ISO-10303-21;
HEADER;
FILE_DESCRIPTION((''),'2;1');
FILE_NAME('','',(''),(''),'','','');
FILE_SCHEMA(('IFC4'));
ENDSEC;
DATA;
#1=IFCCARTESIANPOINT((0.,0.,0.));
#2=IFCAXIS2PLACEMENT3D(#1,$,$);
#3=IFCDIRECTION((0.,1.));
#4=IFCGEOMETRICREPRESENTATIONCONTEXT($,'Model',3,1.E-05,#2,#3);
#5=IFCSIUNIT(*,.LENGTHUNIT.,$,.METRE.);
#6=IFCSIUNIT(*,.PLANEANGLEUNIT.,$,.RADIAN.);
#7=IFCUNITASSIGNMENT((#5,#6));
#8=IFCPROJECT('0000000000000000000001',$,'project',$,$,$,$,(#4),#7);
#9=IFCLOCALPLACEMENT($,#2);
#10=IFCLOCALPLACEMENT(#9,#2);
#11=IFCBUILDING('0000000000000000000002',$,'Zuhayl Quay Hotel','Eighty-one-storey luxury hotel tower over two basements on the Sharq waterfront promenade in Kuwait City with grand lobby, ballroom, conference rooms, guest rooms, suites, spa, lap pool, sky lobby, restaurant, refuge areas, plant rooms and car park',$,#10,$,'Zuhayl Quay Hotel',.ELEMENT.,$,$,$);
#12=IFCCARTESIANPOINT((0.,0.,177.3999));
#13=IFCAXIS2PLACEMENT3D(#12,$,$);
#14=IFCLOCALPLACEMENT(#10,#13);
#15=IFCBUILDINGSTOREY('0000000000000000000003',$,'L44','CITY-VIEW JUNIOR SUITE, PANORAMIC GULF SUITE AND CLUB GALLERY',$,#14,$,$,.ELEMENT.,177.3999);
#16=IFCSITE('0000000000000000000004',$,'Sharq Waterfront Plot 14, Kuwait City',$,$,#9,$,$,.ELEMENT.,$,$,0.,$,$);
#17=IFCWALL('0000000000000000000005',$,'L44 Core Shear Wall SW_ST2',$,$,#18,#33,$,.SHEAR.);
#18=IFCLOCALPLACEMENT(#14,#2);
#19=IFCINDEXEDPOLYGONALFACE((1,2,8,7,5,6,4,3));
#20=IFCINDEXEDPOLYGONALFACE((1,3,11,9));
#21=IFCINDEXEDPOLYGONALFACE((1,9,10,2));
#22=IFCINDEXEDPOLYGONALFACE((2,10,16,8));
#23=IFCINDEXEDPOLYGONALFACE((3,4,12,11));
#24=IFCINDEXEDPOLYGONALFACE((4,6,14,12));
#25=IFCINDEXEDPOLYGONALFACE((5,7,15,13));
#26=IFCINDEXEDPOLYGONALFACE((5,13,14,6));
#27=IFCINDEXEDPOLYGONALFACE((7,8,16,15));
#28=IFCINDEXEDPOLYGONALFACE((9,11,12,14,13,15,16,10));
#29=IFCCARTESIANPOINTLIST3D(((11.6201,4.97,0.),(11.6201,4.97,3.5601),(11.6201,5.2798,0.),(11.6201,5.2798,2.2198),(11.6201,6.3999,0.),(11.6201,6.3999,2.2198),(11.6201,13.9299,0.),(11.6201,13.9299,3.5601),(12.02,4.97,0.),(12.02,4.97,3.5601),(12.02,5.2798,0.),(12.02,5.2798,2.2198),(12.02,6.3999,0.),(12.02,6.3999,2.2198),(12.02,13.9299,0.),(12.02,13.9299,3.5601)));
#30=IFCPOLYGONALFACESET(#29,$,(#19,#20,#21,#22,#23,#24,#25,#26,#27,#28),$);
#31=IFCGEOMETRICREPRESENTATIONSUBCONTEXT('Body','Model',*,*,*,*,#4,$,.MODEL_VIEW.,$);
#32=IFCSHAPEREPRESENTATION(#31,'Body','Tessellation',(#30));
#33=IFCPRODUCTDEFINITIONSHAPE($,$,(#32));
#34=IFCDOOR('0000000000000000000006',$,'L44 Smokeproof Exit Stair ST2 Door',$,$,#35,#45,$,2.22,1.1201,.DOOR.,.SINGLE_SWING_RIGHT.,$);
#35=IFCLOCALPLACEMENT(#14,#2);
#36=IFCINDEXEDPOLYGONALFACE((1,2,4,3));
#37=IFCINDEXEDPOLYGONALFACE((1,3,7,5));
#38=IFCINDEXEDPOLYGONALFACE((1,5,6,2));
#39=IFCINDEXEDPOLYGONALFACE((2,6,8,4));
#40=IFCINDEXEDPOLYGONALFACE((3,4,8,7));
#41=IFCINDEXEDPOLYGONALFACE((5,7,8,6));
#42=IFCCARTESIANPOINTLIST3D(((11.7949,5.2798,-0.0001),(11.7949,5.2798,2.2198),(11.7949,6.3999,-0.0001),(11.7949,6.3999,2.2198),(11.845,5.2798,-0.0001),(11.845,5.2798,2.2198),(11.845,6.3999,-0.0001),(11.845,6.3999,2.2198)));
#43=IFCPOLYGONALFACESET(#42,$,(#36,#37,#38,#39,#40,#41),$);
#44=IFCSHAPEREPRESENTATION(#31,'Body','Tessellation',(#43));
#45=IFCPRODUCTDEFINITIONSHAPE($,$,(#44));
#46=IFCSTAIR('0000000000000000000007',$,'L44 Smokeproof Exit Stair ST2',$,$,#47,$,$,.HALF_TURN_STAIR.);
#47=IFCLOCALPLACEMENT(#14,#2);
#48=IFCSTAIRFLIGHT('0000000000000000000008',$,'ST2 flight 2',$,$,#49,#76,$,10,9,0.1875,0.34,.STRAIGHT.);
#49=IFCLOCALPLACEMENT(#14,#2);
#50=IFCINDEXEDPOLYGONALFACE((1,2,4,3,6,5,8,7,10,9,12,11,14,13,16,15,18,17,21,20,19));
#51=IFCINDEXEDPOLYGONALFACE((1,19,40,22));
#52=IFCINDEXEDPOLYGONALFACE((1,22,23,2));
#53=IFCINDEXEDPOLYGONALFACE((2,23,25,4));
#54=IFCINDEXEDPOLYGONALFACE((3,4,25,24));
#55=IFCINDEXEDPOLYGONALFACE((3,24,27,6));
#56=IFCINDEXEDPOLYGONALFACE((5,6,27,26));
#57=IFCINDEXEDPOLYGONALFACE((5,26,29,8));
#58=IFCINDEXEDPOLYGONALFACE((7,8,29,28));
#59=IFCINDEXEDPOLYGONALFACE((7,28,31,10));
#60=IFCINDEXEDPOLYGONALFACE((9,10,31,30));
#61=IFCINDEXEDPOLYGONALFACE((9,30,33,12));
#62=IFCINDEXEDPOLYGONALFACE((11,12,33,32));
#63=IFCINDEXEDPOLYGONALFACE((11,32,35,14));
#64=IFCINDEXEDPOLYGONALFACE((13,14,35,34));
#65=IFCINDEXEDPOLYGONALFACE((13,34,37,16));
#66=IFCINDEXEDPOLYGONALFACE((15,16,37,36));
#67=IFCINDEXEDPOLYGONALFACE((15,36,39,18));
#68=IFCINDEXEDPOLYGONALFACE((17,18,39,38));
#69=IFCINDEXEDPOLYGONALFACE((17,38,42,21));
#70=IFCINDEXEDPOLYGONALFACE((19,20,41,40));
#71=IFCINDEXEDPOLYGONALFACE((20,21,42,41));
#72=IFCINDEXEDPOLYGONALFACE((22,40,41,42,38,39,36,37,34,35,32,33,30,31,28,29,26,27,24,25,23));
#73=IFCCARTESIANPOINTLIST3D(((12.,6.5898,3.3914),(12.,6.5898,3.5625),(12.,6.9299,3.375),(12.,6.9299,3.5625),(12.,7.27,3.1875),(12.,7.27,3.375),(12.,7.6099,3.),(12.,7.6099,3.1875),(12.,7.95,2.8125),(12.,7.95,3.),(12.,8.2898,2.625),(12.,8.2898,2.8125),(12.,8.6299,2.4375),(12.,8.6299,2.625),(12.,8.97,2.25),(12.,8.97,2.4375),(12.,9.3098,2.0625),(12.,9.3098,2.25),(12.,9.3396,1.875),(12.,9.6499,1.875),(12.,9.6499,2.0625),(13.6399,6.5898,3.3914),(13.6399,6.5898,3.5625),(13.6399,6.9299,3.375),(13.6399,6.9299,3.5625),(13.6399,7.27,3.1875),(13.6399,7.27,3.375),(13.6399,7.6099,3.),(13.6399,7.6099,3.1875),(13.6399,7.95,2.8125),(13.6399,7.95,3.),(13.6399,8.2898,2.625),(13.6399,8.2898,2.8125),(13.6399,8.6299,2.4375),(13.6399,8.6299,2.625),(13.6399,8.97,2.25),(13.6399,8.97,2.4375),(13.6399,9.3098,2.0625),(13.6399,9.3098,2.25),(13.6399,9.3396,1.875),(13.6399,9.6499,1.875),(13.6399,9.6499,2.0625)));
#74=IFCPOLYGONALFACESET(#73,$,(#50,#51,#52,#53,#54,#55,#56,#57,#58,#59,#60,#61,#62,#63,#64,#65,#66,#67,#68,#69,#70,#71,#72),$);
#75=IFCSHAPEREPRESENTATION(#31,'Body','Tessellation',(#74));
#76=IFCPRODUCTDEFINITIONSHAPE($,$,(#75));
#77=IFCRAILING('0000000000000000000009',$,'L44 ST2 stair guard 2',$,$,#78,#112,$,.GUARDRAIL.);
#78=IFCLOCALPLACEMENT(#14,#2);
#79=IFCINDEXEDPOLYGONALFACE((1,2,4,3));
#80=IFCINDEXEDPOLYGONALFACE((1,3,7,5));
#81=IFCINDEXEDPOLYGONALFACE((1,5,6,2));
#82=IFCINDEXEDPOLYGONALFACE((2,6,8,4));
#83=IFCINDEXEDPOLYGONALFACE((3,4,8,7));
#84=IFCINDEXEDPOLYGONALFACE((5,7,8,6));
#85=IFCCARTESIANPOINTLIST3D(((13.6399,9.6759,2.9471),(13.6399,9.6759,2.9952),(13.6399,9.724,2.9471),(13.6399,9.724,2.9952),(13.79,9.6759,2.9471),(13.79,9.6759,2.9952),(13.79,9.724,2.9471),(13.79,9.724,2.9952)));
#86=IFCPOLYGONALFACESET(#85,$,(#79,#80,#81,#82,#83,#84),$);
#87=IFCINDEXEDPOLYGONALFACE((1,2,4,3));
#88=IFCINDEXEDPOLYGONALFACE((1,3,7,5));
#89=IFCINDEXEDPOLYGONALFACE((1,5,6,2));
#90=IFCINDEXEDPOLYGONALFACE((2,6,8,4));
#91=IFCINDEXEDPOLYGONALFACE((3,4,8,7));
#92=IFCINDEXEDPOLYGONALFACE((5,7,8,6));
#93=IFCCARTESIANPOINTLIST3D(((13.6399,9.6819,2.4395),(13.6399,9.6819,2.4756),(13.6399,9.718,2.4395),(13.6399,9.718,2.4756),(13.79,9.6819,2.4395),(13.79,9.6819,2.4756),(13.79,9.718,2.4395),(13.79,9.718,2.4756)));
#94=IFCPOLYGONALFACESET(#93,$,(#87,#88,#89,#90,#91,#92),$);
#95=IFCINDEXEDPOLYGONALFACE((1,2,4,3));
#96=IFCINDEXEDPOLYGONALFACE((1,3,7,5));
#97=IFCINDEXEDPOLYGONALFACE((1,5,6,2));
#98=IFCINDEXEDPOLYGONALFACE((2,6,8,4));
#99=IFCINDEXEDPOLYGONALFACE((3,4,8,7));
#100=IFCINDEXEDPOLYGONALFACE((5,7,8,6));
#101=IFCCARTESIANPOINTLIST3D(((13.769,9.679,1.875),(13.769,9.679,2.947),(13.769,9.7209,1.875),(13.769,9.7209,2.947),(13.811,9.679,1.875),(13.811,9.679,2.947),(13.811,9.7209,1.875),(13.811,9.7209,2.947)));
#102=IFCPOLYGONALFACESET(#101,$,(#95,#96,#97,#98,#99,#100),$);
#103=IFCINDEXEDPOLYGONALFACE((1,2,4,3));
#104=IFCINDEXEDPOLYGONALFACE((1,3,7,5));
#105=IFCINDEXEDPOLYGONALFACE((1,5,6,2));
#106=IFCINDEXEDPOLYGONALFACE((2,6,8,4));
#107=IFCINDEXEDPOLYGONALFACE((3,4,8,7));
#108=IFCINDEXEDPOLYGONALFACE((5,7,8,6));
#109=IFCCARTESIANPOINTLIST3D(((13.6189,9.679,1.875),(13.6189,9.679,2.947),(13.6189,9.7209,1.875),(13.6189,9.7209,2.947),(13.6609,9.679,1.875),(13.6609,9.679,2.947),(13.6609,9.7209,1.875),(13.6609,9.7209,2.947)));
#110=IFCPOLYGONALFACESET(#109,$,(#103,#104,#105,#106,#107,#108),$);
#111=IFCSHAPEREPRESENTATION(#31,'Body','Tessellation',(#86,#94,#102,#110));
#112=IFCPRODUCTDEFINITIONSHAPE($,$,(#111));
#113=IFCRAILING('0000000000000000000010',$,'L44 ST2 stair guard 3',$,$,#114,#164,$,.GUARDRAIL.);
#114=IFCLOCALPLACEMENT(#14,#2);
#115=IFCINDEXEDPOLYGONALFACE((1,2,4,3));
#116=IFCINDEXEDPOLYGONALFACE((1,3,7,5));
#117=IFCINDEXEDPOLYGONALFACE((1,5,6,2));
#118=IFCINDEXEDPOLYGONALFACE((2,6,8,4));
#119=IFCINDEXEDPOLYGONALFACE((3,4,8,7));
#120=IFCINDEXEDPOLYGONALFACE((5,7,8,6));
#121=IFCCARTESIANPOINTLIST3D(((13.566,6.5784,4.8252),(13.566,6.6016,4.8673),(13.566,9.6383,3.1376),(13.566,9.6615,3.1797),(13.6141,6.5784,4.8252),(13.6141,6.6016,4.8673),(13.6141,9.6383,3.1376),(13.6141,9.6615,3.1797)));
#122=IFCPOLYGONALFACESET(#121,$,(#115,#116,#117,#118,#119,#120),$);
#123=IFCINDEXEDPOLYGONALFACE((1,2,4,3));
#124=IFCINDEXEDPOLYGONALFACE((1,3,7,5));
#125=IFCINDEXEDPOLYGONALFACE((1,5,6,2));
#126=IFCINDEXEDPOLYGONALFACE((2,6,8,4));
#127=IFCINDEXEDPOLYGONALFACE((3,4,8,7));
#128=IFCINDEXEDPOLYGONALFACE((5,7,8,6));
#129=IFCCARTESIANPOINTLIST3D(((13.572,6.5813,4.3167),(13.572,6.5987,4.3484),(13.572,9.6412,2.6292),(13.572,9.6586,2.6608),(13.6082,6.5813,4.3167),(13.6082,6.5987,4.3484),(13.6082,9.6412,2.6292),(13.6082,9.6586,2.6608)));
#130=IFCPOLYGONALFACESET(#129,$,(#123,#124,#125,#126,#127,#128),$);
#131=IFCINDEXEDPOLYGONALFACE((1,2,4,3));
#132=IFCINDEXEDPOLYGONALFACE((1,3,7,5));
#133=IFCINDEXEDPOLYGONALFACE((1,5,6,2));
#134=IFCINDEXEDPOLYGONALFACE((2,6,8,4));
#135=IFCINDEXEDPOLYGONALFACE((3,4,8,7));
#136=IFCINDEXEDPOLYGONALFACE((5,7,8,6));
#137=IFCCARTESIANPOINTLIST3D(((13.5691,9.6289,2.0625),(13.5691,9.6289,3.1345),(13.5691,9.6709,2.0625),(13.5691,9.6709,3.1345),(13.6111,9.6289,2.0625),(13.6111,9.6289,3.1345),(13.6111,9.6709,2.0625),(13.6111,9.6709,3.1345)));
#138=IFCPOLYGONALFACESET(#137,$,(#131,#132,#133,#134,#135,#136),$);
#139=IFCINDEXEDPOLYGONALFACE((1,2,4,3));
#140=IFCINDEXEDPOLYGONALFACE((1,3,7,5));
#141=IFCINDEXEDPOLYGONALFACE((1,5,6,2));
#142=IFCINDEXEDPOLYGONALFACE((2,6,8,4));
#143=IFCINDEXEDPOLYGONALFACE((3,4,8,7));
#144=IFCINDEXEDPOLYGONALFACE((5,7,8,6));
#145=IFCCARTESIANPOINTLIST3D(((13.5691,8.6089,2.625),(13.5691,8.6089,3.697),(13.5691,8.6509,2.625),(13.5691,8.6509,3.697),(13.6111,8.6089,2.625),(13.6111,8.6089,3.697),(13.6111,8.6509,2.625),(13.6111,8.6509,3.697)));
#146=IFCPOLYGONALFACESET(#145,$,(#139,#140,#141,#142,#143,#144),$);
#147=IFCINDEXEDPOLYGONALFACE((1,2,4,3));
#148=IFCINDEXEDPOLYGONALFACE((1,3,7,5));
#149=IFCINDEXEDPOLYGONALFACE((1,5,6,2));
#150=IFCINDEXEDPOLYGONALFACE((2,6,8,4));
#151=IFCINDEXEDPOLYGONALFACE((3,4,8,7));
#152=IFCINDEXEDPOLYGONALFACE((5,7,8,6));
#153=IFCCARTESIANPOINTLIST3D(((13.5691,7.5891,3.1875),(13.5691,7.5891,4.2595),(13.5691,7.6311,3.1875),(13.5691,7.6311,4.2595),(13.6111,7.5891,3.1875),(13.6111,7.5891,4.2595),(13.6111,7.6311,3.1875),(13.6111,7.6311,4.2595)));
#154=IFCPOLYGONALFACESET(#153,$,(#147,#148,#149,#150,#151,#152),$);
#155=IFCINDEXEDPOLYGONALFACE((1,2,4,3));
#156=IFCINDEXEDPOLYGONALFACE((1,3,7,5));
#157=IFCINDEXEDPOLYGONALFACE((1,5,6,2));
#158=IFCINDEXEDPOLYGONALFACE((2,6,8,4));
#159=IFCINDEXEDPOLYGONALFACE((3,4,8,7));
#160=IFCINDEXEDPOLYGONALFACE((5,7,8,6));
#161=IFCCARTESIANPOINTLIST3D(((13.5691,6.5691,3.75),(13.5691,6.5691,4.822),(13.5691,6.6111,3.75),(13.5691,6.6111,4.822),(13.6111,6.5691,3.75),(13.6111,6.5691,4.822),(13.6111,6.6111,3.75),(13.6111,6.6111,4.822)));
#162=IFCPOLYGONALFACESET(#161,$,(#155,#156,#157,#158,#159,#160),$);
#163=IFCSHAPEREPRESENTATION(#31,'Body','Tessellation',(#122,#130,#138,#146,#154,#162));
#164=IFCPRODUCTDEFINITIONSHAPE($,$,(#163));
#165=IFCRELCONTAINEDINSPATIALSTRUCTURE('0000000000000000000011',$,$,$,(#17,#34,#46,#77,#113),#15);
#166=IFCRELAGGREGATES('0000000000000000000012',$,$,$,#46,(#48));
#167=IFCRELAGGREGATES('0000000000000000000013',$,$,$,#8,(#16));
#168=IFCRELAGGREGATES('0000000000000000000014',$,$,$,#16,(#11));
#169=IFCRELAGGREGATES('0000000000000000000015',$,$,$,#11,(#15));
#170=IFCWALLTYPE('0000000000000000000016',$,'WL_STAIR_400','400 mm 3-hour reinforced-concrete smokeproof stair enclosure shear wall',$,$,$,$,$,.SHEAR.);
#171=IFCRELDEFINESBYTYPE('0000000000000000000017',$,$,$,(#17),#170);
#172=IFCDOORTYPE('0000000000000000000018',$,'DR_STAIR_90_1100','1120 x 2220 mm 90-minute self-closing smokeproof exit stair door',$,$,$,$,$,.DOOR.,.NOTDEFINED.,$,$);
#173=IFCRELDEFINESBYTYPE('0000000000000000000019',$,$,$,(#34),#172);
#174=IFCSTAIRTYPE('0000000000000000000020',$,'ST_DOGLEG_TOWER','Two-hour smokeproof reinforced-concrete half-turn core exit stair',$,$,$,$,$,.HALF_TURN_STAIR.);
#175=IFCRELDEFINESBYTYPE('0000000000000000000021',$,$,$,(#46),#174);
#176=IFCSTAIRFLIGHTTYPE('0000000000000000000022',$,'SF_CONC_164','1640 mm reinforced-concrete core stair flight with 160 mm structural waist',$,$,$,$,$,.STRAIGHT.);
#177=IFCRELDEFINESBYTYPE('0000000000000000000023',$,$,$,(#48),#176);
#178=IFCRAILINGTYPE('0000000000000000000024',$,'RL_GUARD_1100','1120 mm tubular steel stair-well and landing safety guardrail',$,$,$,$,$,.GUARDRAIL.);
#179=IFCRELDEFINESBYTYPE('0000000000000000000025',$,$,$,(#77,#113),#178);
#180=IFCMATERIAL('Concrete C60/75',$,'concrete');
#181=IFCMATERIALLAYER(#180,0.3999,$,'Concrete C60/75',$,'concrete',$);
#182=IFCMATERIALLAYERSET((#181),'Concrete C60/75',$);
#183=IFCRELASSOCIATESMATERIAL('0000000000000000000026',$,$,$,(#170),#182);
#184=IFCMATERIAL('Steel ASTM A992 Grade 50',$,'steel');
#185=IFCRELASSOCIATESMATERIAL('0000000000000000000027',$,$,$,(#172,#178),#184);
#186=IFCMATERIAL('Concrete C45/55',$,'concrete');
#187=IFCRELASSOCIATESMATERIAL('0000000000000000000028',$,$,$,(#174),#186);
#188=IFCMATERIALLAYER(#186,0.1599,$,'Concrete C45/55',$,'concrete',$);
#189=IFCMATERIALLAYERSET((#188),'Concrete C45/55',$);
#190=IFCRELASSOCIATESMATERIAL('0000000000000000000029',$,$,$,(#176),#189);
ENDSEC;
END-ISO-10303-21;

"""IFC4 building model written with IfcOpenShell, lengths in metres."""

from ifc_helpers import new_model, si_unit, direction, frame, frame_2d, origin, origin_2d, place, context, subcontext, project, spatial, polyline, rectangle, outline, extrude, material, layer, layer_set, type_object, element, fill, aggregate, save


model = new_model("IFC4")

# Units and contexts
model_context = context("Model", 3, precision=1e-05, world=origin(), true_north=direction((0.0, 1.0)))
body_context = subcontext(model_context, "Body", "Model", "MODEL_VIEW")
ifc_project = project(units=[si_unit("LENGTHUNIT", "METRE"), si_unit("PLANEANGLEUNIT", "RADIAN")], contexts=[model_context])

# Site, building, storey
site_placement = place(None, origin())
site = spatial("IfcSite", under=ifc_project, at=site_placement, Name="Sharq Waterfront Plot 14, Kuwait City", CompositionType="ELEMENT", RefElevation=0.0)
building_placement = place(site_placement, origin())
building = spatial("IfcBuilding", under=site, at=building_placement, Name="Zuhayl Quay Hotel", Description="Eighty-one-storey luxury hotel tower over two basements on the Sharq waterfront promenade in Kuwait City with grand lobby, ballroom, conference rooms, guest rooms, suites, spa, lap pool, sky lobby, restaurant, refuge areas, plant rooms and car park", LongName="Zuhayl Quay Hotel", CompositionType="ELEMENT")
storey_placement = place(building_placement, frame((0.0, 0.0, 177.3999)))
storey = spatial("IfcBuildingStorey", under=building, at=storey_placement, Name="L44", Description="CITY-VIEW JUNIOR SUITE, PANORAMIC GULF SUITE AND CLUB GALLERY", CompositionType="ELEMENT", Elevation=177.3999)

# Shared definitions
ifc_material_1 = material(Name="Concrete C60/75", Category="concrete")

# Shared definitions
ifc_material_2 = material(Name="Steel ASTM A992 Grade 50", Category="steel")

# Wall, opening, door
ifc_layer_1 = layer(ifc_material_1, 0.3999, Name="Concrete C60/75", Category="concrete")
ifc_layer_set_1 = layer_set([ifc_layer_1], Name="Concrete C60/75")
wall_type_1 = type_object("IfcWallType", Name="WL_STAIR_400", Description="400 mm 3-hour reinforced-concrete smokeproof stair enclosure shear wall", PredefinedType="SHEAR", material=ifc_layer_set_1)
wall_1_placement = place(storey_placement, frame((11.8201, 13.9299, 0.0), z_axis=(0.0, 0.0, 1.0), x_axis=(0.0, -1.0, 0.0)))
wall_1 = element("IfcWall", 1, at=wall_1_placement, inside=storey, type_object=wall_type_1, Name="L44 Core Shear Wall SW_ST2", PredefinedType="SHEAR", context=body_context, shape_type="SweptSolid", body=[
    extrude(rectangle(XDim=8.96, YDim=0.3999, at=frame_2d((4.48, 0.0))), origin(), (0.0, 0.0, 1.0), 3.5601),
])
opening_1_placement = place(wall_1_placement, frame((7.53, 0.0, 0.0)))
opening_1 = element("IfcOpeningElement", 2, at=opening_1_placement, cuts=wall_1, PredefinedType="OPENING", context=body_context, shape_type="SweptSolid", body=[
    extrude(rectangle(XDim=1.1201, YDim=2.22, at=frame_2d((0.5601, 1.1099))), frame((0.0, 0.21, 0.0), z_axis=(0.0, -1.0, 0.0), x_axis=(1.0, 0.0, 0.0)), (0.0, 0.0, 1.0), 0.4199),
])
door_type_1 = type_object("IfcDoorType", Name="DR_STAIR_90_1100", Description="1120 x 2220 mm 90-minute self-closing smokeproof exit stair door", OperationType="NOTDEFINED", PredefinedType="DOOR", material=ifc_material_2)
door_1_placement = place(opening_1_placement, origin())
door_1 = element("IfcDoor", 3, at=door_1_placement, inside=storey, type_object=door_type_1, Name="L44 Smokeproof Exit Stair ST2 Door", OperationType="SINGLE_SWING_RIGHT", OverallHeight=2.22, OverallWidth=1.1201, PredefinedType="DOOR", context=body_context, shape_type="SweptSolid", body=[
    extrude(rectangle(XDim=1.1201, YDim=2.22, at=frame_2d((0.5601, 1.1099))), frame((0.0, 0.0249, 0.0), z_axis=(0.0, -1.0, 0.0), x_axis=(1.0, 0.0, 0.0)), (0.0, 0.0, 1.0), 0.05),
])
fill(opening_1, door_1)

# Stair, stair flight
ifc_material_3 = material(Name="Concrete C45/55", Category="concrete")
stair_type = type_object("IfcStairType", Name="ST_DOGLEG_TOWER", Description="Two-hour smokeproof reinforced-concrete half-turn core exit stair", PredefinedType="HALF_TURN_STAIR", material=ifc_material_3)
stair_placement = place(storey_placement, origin())
stair = element("IfcStair", 4, at=stair_placement, inside=storey, type_object=stair_type, Name="L44 Smokeproof Exit Stair ST2", PredefinedType="HALF_TURN_STAIR")
ifc_layer_2 = layer(ifc_material_3, 0.1599, Name="Concrete C45/55", Category="concrete")
ifc_layer_set_2 = layer_set([ifc_layer_2], Name="Concrete C45/55")
stair_flight_type = type_object("IfcStairFlightType", Name="SF_CONC_164", Description="1640 mm reinforced-concrete core stair flight with 160 mm structural waist", PredefinedType="STRAIGHT", material=ifc_layer_set_2)
stair_flight_placement = place(storey_placement, frame((12.8201, 9.6499, 1.875), z_axis=(0.0, 0.0, 1.0), x_axis=(0.0, -1.0, 0.0)))
stair_flight = element("IfcStairFlight", 5, at=stair_flight_placement, type_object=stair_flight_type, Name="ST2 flight 2", NumberOfRisers=10, NumberOfTreads=9, PredefinedType="STRAIGHT", RiserHeight=0.1875, TreadLength=0.34, context=body_context, shape_type="SweptSolid", body=[
    extrude(outline(polyline([(0.0, 0.0), (0.0, 0.1875), (0.3401, 0.1875), (0.3401, 0.375), (0.6799, 0.375), (0.6799, 0.5625), (1.02, 0.5625), (1.02, 0.75), (1.3601, 0.75), (1.3601, 0.9375), (1.7, 0.9375), (1.7, 1.125), (2.04, 1.125), (2.04, 1.3125), (2.3799, 1.3125), (2.3799, 1.5), (2.72, 1.5), (2.72, 1.6875), (3.0601, 1.6875), (3.0601, 1.875), (3.0601, 1.5164), (0.3103, 0.0), (0.0, 0.0)])), frame((0.0, 0.8198, 0.0), z_axis=(0.0, -1.0, 0.0), x_axis=(1.0, 0.0, 0.0)), (0.0, 0.0, 1.0), 1.6399),
])
aggregate(stair, [stair_flight])

# Railings
railing_type_1 = type_object("IfcRailingType", Name="RL_GUARD_1100", Description="1120 mm tubular steel stair-well and landing safety guardrail", PredefinedType="GUARDRAIL", material=ifc_material_2)
railing_1_placement = place(storey_placement, frame((13.79, 9.7, 1.875)))
element("IfcRailing", 6, at=railing_1_placement, inside=storey, type_object=railing_type_1, Name="L44 ST2 stair guard 2", PredefinedType="GUARDRAIL", context=body_context, shape_type="SweptSolid", body=[
    extrude(rectangle(XDim=0.0481, YDim=0.0481, at=origin_2d()), frame((0.0, 0.0, 1.0962), z_axis=(-1.0, 0.0, 0.0), x_axis=(0.0, -1.0, 0.0)), (0.0, 0.0, 1.0), 0.1501),
    extrude(rectangle(XDim=0.0361, YDim=0.0361, at=origin_2d()), frame((0.0, 0.0, 0.5825), z_axis=(-1.0, 0.0, 0.0), x_axis=(0.0, -1.0, 0.0)), (0.0, 0.0, 1.0), 0.1501),
    extrude(rectangle(XDim=0.042, YDim=0.042, at=origin_2d()), origin(), (0.0, 0.0, 1.0), 1.072),
    extrude(rectangle(XDim=0.042, YDim=0.042, at=origin_2d()), frame((-0.1501, 0.0, 0.0)), (0.0, 0.0, 1.0), 1.072),
])
railing_2_placement = place(storey_placement, frame((13.5901, 9.6499, 2.0625)))
element("IfcRailing", 7, at=railing_2_placement, inside=storey, type_object=railing_type_1, Name="L44 ST2 stair guard 3", PredefinedType="GUARDRAIL", context=body_context, shape_type="SweptSolid", body=[
    extrude(rectangle(XDim=0.0481, YDim=0.0481, at=origin_2d()), frame((0.0, 0.0, 1.0962), z_axis=(0.0, -0.875659, 0.48293), x_axis=(1.0, 0.0, 0.0)), (0.0, 0.0, 1.0), 3.4944),
    extrude(rectangle(XDim=0.0361, YDim=0.0361, at=origin_2d()), frame((0.0, 0.0, 0.5825), z_axis=(0.0, -0.875659, 0.48293), x_axis=(1.0, 0.0, 0.0)), (0.0, 0.0, 1.0), 3.4944),
    extrude(rectangle(XDim=0.042, YDim=0.042, at=origin_2d()), origin(), (0.0, 0.0, 1.0), 1.072),
    extrude(rectangle(XDim=0.042, YDim=0.042, at=origin_2d()), frame((0.0, -1.02, 0.5625)), (0.0, 0.0, 1.0), 1.072),
    extrude(rectangle(XDim=0.042, YDim=0.042, at=origin_2d()), frame((0.0, -2.0398, 1.125)), (0.0, 0.0, 1.0), 1.072),
    extrude(rectangle(XDim=0.042, YDim=0.042, at=origin_2d()), frame((0.0, -3.0598, 1.6875)), (0.0, 0.0, 1.0), 1.072),
])

save(model, "model.ifc")
